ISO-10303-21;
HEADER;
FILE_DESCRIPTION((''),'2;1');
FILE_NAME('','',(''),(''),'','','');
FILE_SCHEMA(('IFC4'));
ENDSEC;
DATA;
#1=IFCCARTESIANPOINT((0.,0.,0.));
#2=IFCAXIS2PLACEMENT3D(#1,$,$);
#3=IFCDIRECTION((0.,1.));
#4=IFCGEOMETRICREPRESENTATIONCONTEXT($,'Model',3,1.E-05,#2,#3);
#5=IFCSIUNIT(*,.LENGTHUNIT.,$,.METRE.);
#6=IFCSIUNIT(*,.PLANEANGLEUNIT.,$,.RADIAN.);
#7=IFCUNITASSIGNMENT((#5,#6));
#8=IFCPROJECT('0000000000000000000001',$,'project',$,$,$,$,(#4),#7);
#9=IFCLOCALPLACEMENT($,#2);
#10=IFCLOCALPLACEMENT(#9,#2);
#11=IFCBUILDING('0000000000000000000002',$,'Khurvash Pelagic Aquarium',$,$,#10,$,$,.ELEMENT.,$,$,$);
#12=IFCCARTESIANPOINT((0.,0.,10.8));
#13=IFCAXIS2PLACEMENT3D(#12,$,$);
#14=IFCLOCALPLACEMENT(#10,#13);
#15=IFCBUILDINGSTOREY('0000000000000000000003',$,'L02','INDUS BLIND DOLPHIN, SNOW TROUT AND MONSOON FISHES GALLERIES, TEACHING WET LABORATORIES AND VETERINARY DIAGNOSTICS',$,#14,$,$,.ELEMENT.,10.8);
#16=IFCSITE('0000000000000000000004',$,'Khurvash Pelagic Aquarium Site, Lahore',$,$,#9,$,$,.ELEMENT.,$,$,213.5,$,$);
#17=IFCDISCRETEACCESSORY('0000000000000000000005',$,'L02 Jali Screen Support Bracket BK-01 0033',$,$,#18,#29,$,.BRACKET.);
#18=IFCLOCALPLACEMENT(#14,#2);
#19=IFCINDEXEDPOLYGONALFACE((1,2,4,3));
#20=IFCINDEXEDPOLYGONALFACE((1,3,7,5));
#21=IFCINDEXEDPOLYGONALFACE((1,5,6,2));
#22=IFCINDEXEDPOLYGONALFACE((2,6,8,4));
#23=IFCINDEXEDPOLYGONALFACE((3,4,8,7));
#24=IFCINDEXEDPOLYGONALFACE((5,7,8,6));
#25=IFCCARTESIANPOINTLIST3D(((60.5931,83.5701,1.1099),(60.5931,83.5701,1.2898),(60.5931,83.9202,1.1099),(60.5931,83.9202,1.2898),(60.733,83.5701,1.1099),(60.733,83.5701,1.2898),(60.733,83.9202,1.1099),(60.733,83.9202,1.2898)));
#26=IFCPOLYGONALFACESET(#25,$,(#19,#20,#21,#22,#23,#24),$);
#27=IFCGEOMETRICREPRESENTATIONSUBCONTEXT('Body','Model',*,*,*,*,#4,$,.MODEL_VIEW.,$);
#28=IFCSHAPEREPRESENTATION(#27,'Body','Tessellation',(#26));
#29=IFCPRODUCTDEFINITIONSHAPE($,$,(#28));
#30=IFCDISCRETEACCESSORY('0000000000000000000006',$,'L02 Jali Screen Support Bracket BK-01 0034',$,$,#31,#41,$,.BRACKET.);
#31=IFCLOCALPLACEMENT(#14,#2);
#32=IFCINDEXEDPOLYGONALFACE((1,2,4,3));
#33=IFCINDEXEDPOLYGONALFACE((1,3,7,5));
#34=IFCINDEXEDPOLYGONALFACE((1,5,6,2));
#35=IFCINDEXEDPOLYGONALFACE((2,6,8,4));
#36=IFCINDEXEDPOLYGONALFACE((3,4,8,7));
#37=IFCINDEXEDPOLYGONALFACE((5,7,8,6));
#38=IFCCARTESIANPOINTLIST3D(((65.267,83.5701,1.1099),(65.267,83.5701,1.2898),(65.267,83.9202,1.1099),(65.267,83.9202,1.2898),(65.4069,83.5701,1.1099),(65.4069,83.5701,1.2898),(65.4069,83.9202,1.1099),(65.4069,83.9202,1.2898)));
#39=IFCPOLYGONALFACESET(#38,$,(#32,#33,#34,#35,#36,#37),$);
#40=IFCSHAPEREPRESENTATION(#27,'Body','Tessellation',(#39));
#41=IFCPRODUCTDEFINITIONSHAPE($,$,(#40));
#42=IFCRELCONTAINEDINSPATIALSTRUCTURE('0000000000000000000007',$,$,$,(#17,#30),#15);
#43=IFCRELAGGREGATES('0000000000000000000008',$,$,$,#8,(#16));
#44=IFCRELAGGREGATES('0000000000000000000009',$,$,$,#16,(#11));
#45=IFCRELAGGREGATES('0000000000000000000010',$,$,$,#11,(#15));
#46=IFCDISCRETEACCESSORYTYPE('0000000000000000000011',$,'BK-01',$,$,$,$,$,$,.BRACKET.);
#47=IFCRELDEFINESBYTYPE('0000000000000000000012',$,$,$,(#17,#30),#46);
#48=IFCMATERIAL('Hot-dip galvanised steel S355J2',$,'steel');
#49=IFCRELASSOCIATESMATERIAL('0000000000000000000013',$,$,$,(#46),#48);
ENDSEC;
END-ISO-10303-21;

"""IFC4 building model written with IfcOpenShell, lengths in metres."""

from ifc_helpers import new_model, si_unit, direction, frame, origin, origin_2d, place, context, subcontext, project, spatial, rectangle, extrude, material, type_object, element, save


model = new_model("IFC4")

# Units and contexts
model_context = context("Model", 3, precision=1e-05, world=origin(), true_north=direction((0.0, 1.0)))
body_context = subcontext(model_context, "Body", "Model", "MODEL_VIEW")
ifc_project = project(units=[si_unit("LENGTHUNIT", "METRE"), si_unit("PLANEANGLEUNIT", "RADIAN")], contexts=[model_context])

# Site, building, storey
site_placement = place(None, origin())
site = spatial("IfcSite", under=ifc_project, at=site_placement, Name="Khurvash Pelagic Aquarium Site, Lahore", CompositionType="ELEMENT", RefElevation=213.5)
building_placement = place(site_placement, origin())
building = spatial("IfcBuilding", under=site, at=building_placement, Name="Khurvash Pelagic Aquarium", CompositionType="ELEMENT")
storey_placement = place(building_placement, frame((0.0, 0.0, 10.8)))
storey = spatial("IfcBuildingStorey", under=building, at=storey_placement, Name="L02", Description="INDUS BLIND DOLPHIN, SNOW TROUT AND MONSOON FISHES GALLERIES, TEACHING WET LABORATORIES AND VETERINARY DIAGNOSTICS", CompositionType="ELEMENT", Elevation=10.8)

# Discrete accessories
ifc_material_1 = material(Name="Hot-dip galvanised steel S355J2", Category="steel")
discrete_accessory_type = type_object("IfcDiscreteAccessoryType", Name="BK-01", PredefinedType="BRACKET", material=ifc_material_1)
for number, where, z_axis, x_axis, name in (
    (1, (60.6631, 83.7451, 1.1099), (0.0, 0.0, 1.0), (1.0, 0.0, 0.0), "L02 Jali Screen Support Bracket BK-01 0033"),
    (2, (65.3369, 83.7451, 1.1099), (0.0, 0.0, 1.0), (1.0, 0.0, 0.0), "L02 Jali Screen Support Bracket BK-01 0034"),
):
    element("IfcDiscreteAccessory", number, at=place(storey_placement, frame(where, z_axis=z_axis, x_axis=x_axis)), inside=storey, type_object=discrete_accessory_type, Name=name, PredefinedType="BRACKET", context=body_context, shape_type="SweptSolid", body=[
        extrude(rectangle(XDim=0.1399, YDim=0.3501, at=origin_2d()), origin(), (0.0, 0.0, 1.0), 0.1799),
    ])

save(model, "model.ifc")
